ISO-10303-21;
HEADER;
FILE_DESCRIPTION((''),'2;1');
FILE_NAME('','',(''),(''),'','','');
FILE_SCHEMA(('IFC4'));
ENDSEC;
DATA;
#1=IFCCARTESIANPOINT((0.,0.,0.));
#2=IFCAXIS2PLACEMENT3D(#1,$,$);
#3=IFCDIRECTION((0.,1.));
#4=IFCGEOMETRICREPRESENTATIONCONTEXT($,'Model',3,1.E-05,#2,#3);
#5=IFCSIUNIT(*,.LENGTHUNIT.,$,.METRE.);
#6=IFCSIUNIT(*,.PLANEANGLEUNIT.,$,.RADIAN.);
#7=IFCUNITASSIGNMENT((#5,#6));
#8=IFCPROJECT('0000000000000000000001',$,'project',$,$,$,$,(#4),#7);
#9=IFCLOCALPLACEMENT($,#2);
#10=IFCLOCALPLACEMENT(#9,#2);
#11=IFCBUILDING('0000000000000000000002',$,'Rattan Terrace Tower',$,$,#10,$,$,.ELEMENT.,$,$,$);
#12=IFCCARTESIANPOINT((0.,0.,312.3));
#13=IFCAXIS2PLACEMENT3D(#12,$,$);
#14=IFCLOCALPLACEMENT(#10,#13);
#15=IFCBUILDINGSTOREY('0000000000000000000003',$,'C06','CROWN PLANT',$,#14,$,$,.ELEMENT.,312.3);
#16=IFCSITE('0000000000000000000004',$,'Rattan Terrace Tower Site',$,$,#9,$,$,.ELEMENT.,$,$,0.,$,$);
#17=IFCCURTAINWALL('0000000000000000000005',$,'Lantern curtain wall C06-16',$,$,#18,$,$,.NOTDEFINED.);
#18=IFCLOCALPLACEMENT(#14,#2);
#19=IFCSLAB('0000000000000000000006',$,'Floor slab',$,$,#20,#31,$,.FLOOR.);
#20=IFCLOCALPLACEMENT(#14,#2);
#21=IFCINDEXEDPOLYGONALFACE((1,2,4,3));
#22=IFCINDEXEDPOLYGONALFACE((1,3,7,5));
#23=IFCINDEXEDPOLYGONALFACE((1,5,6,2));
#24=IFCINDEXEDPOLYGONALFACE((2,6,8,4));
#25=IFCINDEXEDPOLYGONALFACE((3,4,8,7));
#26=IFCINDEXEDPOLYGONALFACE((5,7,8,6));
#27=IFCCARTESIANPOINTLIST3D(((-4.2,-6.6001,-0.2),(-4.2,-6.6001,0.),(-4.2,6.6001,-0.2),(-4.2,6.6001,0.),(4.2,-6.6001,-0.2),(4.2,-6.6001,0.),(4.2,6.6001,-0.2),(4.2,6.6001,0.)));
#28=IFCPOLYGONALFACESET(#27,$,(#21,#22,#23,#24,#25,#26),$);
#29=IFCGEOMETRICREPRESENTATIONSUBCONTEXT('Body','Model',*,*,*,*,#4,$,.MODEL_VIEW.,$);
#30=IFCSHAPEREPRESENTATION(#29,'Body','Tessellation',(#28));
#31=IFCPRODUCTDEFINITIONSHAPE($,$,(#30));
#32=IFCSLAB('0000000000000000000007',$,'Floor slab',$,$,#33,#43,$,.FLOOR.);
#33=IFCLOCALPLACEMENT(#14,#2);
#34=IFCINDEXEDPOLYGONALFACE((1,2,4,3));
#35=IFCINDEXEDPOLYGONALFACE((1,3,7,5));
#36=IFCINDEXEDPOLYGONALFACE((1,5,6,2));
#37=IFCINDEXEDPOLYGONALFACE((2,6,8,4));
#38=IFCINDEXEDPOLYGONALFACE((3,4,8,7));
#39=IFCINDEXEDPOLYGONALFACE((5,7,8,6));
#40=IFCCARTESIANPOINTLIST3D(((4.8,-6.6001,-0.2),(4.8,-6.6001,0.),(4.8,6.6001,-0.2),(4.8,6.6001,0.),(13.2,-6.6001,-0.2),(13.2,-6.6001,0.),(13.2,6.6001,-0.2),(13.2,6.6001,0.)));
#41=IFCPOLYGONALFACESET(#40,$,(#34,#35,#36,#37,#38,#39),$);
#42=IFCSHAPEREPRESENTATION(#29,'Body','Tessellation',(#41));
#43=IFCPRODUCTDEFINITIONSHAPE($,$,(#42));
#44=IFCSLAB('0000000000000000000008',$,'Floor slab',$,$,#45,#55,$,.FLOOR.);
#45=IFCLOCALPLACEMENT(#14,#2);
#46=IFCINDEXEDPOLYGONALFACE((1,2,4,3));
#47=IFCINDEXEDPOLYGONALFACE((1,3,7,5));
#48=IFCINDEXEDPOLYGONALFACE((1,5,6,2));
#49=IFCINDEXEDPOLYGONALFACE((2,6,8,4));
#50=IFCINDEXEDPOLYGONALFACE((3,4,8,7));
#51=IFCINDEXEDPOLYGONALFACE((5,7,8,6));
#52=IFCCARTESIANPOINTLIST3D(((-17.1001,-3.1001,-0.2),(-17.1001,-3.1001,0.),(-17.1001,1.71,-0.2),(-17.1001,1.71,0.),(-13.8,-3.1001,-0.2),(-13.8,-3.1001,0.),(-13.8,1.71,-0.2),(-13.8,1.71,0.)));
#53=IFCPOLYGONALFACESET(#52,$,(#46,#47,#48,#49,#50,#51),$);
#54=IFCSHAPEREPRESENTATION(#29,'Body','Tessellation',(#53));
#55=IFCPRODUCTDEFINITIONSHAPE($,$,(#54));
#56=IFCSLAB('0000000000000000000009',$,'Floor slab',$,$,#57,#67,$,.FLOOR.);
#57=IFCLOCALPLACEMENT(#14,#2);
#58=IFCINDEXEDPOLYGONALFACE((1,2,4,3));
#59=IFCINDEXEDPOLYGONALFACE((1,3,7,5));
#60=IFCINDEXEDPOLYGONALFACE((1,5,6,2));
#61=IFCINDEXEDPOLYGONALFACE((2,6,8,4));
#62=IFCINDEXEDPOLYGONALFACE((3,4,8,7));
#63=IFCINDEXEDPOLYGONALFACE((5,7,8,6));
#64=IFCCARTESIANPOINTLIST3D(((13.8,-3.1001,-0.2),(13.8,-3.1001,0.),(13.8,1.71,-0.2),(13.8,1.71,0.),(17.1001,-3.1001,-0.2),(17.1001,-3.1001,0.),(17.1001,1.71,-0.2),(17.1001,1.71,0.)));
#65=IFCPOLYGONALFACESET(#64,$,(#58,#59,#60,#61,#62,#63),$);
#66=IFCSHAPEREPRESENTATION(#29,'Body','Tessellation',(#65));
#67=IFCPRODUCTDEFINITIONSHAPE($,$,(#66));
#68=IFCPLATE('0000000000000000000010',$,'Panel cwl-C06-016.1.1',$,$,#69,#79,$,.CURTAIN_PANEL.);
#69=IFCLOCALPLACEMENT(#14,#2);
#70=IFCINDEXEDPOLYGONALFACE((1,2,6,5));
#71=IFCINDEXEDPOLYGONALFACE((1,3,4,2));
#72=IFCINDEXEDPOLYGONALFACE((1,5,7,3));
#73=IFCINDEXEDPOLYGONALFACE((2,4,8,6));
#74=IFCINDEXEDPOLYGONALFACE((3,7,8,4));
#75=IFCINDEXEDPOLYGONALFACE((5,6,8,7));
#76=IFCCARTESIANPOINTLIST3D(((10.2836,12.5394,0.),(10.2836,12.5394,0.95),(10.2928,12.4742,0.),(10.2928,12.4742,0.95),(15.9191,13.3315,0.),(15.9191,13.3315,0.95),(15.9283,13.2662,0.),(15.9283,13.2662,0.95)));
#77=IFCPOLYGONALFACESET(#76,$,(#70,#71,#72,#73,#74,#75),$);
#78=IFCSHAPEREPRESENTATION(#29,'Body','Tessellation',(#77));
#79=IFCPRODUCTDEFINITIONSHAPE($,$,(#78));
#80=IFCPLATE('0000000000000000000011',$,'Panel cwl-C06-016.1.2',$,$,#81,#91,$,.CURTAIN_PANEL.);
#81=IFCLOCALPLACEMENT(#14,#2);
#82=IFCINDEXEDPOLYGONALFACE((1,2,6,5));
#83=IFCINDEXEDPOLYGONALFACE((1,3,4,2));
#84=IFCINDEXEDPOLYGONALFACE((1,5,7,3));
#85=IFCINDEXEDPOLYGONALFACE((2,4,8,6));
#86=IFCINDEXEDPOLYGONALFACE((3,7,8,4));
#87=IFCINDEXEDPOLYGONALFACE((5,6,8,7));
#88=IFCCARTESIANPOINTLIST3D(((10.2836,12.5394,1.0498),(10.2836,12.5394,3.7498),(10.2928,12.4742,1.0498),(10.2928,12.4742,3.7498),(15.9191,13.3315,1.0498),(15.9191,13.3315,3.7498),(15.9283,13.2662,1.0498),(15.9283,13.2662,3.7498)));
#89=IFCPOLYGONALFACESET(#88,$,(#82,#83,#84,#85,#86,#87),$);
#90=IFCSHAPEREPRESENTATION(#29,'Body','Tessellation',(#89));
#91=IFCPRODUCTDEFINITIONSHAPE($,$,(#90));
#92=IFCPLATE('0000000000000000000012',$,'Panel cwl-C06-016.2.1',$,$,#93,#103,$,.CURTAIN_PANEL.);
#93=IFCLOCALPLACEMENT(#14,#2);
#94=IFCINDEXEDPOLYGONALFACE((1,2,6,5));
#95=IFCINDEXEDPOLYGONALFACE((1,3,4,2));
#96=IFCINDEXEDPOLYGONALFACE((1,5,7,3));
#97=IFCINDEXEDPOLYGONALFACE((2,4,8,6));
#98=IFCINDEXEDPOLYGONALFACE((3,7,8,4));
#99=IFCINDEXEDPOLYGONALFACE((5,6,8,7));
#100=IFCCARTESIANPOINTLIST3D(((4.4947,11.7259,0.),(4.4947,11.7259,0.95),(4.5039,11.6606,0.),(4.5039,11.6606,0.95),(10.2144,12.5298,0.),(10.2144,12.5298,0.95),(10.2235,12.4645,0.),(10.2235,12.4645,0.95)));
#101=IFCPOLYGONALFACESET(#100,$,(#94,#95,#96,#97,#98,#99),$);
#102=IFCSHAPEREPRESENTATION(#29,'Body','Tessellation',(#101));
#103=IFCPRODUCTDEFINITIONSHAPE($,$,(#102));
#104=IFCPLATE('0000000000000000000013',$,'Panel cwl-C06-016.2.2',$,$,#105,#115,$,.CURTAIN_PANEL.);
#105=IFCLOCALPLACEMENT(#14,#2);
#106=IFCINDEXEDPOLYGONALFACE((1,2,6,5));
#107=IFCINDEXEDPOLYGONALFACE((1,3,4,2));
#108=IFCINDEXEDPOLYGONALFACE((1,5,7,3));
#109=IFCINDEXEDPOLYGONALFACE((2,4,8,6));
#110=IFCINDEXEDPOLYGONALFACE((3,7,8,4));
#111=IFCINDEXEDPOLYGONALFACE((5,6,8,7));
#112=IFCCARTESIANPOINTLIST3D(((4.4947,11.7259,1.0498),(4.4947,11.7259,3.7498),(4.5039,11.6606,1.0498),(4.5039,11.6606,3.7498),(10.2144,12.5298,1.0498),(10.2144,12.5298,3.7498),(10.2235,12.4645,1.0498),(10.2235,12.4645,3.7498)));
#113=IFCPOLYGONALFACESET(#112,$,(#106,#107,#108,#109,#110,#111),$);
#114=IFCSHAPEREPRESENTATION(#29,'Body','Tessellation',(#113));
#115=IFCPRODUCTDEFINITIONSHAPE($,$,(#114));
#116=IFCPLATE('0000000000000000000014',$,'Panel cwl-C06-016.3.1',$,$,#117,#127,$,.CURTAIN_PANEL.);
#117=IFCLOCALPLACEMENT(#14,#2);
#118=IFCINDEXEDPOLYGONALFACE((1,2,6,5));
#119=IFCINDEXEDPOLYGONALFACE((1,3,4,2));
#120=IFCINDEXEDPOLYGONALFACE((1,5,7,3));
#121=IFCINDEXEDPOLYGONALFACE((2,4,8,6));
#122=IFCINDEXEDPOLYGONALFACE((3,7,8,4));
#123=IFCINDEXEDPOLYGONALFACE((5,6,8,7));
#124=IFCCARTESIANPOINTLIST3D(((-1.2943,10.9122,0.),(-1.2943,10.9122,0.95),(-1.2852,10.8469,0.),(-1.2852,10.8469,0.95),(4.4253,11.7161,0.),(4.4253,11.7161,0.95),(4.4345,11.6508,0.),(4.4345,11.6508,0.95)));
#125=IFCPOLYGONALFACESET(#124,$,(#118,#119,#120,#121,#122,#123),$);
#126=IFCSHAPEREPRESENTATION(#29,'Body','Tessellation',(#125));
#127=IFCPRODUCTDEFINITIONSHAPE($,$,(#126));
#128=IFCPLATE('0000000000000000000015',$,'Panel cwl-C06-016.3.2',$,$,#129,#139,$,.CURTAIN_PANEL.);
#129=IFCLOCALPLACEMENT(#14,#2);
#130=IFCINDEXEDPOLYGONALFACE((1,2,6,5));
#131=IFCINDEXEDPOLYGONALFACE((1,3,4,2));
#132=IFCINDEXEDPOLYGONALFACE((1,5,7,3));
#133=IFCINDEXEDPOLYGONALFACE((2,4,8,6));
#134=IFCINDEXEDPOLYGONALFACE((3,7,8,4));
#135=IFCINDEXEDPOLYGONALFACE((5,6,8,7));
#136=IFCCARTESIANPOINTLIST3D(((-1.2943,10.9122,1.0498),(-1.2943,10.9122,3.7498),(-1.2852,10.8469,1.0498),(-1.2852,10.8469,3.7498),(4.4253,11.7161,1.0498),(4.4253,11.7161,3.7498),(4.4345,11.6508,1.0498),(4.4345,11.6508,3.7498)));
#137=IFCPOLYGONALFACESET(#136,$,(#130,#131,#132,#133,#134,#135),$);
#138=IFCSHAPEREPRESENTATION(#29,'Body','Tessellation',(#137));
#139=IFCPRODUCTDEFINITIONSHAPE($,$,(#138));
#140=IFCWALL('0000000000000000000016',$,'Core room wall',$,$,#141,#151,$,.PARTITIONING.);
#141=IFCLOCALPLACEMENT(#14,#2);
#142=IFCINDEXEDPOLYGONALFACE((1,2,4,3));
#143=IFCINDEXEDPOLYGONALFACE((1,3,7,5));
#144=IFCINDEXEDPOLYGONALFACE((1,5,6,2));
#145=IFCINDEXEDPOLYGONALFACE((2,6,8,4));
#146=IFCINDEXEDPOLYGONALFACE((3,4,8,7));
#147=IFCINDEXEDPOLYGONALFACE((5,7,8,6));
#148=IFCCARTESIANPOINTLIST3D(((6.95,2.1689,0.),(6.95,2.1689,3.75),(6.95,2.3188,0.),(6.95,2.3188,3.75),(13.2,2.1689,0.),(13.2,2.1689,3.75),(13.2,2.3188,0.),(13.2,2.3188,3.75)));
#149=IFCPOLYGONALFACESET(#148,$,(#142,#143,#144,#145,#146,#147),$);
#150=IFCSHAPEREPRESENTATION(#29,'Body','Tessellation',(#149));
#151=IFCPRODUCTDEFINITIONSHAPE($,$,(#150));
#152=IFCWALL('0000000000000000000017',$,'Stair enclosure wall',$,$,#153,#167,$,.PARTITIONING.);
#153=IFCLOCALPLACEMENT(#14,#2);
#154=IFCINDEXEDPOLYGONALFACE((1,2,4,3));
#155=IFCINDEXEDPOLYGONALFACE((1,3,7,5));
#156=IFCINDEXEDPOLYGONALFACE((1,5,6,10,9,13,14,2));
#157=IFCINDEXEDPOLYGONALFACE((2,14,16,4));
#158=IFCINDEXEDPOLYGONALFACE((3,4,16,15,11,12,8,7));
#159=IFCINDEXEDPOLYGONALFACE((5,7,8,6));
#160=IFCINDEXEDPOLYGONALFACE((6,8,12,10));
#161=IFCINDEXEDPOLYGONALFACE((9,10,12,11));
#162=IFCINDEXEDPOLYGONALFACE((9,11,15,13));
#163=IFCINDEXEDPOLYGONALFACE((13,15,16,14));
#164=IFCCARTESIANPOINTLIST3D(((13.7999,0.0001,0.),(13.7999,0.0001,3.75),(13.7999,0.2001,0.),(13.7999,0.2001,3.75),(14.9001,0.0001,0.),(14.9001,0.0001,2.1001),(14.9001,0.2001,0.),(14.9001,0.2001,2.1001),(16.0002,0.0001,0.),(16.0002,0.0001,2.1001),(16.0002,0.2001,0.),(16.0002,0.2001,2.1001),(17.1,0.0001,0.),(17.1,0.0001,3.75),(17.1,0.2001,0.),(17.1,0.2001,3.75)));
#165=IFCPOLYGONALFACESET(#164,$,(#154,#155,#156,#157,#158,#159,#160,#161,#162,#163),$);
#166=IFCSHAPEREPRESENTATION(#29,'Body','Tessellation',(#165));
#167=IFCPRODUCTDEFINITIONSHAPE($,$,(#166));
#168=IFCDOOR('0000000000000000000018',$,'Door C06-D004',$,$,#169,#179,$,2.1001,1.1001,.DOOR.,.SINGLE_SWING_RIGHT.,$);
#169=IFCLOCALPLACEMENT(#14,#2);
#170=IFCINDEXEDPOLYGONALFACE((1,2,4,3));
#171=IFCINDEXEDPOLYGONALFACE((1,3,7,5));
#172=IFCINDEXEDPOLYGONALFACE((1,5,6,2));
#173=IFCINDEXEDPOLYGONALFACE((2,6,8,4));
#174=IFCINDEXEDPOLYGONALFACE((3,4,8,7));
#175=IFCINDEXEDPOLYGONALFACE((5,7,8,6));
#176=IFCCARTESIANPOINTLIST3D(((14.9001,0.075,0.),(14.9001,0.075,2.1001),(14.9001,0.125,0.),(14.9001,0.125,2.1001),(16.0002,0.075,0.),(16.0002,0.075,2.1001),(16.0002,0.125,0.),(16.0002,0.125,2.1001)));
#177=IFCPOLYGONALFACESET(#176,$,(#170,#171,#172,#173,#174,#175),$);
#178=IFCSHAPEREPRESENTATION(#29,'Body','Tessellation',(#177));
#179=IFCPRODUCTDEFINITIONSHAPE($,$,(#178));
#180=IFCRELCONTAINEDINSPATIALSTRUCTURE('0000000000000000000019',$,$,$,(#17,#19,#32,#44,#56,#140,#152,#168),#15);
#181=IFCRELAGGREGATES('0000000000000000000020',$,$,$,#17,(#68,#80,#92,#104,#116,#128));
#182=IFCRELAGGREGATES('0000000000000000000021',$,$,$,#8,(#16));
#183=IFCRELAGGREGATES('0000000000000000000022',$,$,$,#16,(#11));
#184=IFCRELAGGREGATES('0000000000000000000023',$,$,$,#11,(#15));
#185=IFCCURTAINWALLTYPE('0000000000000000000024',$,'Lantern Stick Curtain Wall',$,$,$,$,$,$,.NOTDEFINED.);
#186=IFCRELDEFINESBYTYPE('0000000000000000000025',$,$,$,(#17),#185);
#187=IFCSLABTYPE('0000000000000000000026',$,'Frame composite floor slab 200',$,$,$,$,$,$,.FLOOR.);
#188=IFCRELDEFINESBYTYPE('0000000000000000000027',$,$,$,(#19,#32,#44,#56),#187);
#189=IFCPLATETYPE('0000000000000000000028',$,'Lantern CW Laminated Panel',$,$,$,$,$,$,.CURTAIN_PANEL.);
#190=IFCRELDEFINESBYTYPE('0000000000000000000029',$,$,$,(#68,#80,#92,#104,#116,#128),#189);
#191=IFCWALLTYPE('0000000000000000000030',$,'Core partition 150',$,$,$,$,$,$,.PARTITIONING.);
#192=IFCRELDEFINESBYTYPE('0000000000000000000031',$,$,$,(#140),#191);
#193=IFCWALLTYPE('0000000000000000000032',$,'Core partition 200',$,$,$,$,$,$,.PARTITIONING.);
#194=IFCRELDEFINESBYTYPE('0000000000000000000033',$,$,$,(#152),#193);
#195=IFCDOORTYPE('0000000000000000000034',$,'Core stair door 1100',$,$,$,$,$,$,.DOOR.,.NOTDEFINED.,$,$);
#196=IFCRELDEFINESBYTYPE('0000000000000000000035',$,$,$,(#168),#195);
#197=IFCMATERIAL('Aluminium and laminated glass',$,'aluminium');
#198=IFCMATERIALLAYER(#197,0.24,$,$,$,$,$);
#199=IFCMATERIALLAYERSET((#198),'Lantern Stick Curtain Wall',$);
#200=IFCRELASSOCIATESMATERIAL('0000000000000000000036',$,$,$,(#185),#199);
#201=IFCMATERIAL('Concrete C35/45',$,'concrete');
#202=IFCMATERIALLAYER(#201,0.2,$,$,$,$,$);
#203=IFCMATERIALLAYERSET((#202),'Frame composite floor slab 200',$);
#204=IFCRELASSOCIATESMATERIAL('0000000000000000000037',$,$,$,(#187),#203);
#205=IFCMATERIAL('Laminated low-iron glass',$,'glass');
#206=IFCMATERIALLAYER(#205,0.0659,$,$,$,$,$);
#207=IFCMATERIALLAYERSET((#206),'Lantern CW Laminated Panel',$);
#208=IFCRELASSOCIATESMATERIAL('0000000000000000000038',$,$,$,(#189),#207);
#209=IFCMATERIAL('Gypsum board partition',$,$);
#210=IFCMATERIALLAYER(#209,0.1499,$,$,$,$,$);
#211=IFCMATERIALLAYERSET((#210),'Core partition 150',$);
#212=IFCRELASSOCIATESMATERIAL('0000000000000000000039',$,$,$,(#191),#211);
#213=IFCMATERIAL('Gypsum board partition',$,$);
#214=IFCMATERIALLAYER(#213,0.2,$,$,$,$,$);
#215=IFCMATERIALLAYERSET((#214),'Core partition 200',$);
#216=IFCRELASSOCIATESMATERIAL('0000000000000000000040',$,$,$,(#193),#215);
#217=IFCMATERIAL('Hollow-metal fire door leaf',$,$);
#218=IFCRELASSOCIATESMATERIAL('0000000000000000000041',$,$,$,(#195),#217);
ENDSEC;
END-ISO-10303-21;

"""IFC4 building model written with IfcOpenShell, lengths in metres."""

from ifc_helpers import new_model, si_unit, direction, frame, frame_2d, origin, origin_2d, place, context, subcontext, project, spatial, polyline, rectangle, outline, extrude, material, layer, layer_set, type_object, element, fill, aggregate, save


model = new_model("IFC4")

# Units and contexts
model_context = context("Model", 3, precision=1e-05, world=origin(), true_north=direction((0.0, 1.0)))
body_context = subcontext(model_context, "Body", "Model", "MODEL_VIEW")
ifc_project = project(units=[si_unit("LENGTHUNIT", "METRE"), si_unit("PLANEANGLEUNIT", "RADIAN")], contexts=[model_context])

# Site, building, storey
site_placement = place(None, origin())
site = spatial("IfcSite", under=ifc_project, at=site_placement, Name="Rattan Terrace Tower Site", CompositionType="ELEMENT", RefElevation=0.0)
building_placement = place(site_placement, origin())
building = spatial("IfcBuilding", under=site, at=building_placement, Name="Rattan Terrace Tower", CompositionType="ELEMENT")
storey_placement = place(building_placement, frame((0.0, 0.0, 312.3)))
storey = spatial("IfcBuildingStorey", under=building, at=storey_placement, Name="C06", Description="CROWN PLANT", CompositionType="ELEMENT", Elevation=312.3)

# Curtain wall
ifc_material_1 = material(Name="Aluminium and laminated glass", Category="aluminium")
ifc_layer_1 = layer(ifc_material_1, 0.24)
ifc_layer_set_1 = layer_set([ifc_layer_1], Name="Lantern Stick Curtain Wall")
curtain_wall_type = type_object("IfcCurtainWallType", Name="Lantern Stick Curtain Wall", PredefinedType="NOTDEFINED", material=ifc_layer_set_1)
curtain_wall_placement = place(storey_placement, origin())
curtain_wall = element("IfcCurtainWall", 1, at=curtain_wall_placement, inside=storey, type_object=curtain_wall_type, Name="Lantern curtain wall C06-16", PredefinedType="NOTDEFINED")

# Slabs
ifc_material_2 = material(Name="Concrete C35/45", Category="concrete")
ifc_layer_2 = layer(ifc_material_2, 0.2)
ifc_layer_set_2 = layer_set([ifc_layer_2], Name="Frame composite floor slab 200")
slab_type_1 = type_object("IfcSlabType", Name="Frame composite floor slab 200", PredefinedType="FLOOR", material=ifc_layer_set_2)
slab_1_placement = place(storey_placement, frame((0.0, 0.0, -0.2)))
element("IfcSlab", 2, at=slab_1_placement, inside=storey, type_object=slab_type_1, Name="Floor slab", PredefinedType="FLOOR", context=body_context, shape_type="SweptSolid", body=[
    extrude(outline(polyline([(-4.2, 6.6001), (-4.2, -6.6001), (4.2, -6.6001), (4.2, 6.6001), (-4.2, 6.6001)])), origin(), (0.0, 0.0, 1.0), 0.2),
])
slab_2_placement = place(storey_placement, frame((0.0, 0.0, -0.2)))
element("IfcSlab", 3, at=slab_2_placement, inside=storey, type_object=slab_type_1, Name="Floor slab", PredefinedType="FLOOR", context=body_context, shape_type="SweptSolid", body=[
    extrude(outline(polyline([(4.8, -6.6001), (13.2, -6.6001), (13.2, 6.6001), (4.8, 6.6001), (4.8, -6.6001)])), origin(), (0.0, 0.0, 1.0), 0.2),
])
slab_3_placement = place(storey_placement, frame((0.0, 0.0, -0.2)))
element("IfcSlab", 4, at=slab_3_placement, inside=storey, type_object=slab_type_1, Name="Floor slab", PredefinedType="FLOOR", context=body_context, shape_type="SweptSolid", body=[
    extrude(outline(polyline([(-13.8, -3.1001), (-13.8, 1.71), (-17.1001, 1.71), (-17.1001, -3.1001), (-13.8, -3.1001)])), origin(), (0.0, 0.0, 1.0), 0.2),
])
slab_4_placement = place(storey_placement, frame((0.0, 0.0, -0.2)))
element("IfcSlab", 5, at=slab_4_placement, inside=storey, type_object=slab_type_1, Name="Floor slab", PredefinedType="FLOOR", context=body_context, shape_type="SweptSolid", body=[
    extrude(outline(polyline([(13.8, -3.1001), (17.1001, -3.1001), (17.1001, 1.71), (13.8, 1.71), (13.8, -3.1001)])), origin(), (0.0, 0.0, 1.0), 0.2),
])

# Plates
ifc_material_3 = material(Name="Laminated low-iron glass", Category="glass")
ifc_layer_3 = layer(ifc_material_3, 0.0659)
ifc_layer_set_3 = layer_set([ifc_layer_3], Name="Lantern CW Laminated Panel")
plate_type = type_object("IfcPlateType", Name="Lantern CW Laminated Panel", PredefinedType="CURTAIN_PANEL", material=ifc_layer_set_3)
plate_1_placement = place(storey_placement, frame((13.106, 12.9028, 0.0), z_axis=(0.0, 0.0, 1.0), x_axis=(-0.990267, -0.139181, 0.0)))
plate_1 = element("IfcPlate", 6, at=plate_1_placement, type_object=plate_type, Name="Panel cwl-C06-016.1.1", PredefinedType="CURTAIN_PANEL", context=body_context, shape_type="SweptSolid", body=[
    extrude(rectangle(XDim=5.6909, YDim=0.0659, at=origin_2d()), origin(), (0.0, 0.0, 1.0), 0.95),
])
plate_2_placement = place(storey_placement, frame((13.106, 12.9028, 1.0498), z_axis=(0.0, 0.0, 1.0), x_axis=(-0.990267, -0.139181, 0.0)))
plate_2 = element("IfcPlate", 7, at=plate_2_placement, type_object=plate_type, Name="Panel cwl-C06-016.1.2", PredefinedType="CURTAIN_PANEL", context=body_context, shape_type="SweptSolid", body=[
    extrude(rectangle(XDim=5.6909, YDim=0.0659, at=origin_2d()), origin(), (0.0, 0.0, 1.0), 2.7),
])
plate_3_placement = place(storey_placement, frame((7.3591, 12.0952, 0.0), z_axis=(0.0, 0.0, 1.0), x_axis=(-0.990267, -0.139181, 0.0)))
plate_3 = element("IfcPlate", 8, at=plate_3_placement, type_object=plate_type, Name="Panel cwl-C06-016.2.1", PredefinedType="CURTAIN_PANEL", context=body_context, shape_type="SweptSolid", body=[
    extrude(rectangle(XDim=5.7759, YDim=0.0659, at=origin_2d()), origin(), (0.0, 0.0, 1.0), 0.95),
])
plate_4_placement = place(storey_placement, frame((7.3591, 12.0952, 1.0498), z_axis=(0.0, 0.0, 1.0), x_axis=(-0.990267, -0.139181, 0.0)))
plate_4 = element("IfcPlate", 9, at=plate_4_placement, type_object=plate_type, Name="Panel cwl-C06-016.2.2", PredefinedType="CURTAIN_PANEL", context=body_context, shape_type="SweptSolid", body=[
    extrude(rectangle(XDim=5.7759, YDim=0.0659, at=origin_2d()), origin(), (0.0, 0.0, 1.0), 2.7),
])
plate_5_placement = place(storey_placement, frame((1.5701, 11.2815, 0.0), z_axis=(0.0, 0.0, 1.0), x_axis=(-0.990267, -0.139181, 0.0)))
plate_5 = element("IfcPlate", 10, at=plate_5_placement, type_object=plate_type, Name="Panel cwl-C06-016.3.1", PredefinedType="CURTAIN_PANEL", context=body_context, shape_type="SweptSolid", body=[
    extrude(rectangle(XDim=5.7759, YDim=0.0659, at=origin_2d()), origin(), (0.0, 0.0, 1.0), 0.95),
])
plate_6_placement = place(storey_placement, frame((1.5701, 11.2815, 1.0498), z_axis=(0.0, 0.0, 1.0), x_axis=(-0.990267, -0.139181, 0.0)))
plate_6 = element("IfcPlate", 11, at=plate_6_placement, type_object=plate_type, Name="Panel cwl-C06-016.3.2", PredefinedType="CURTAIN_PANEL", context=body_context, shape_type="SweptSolid", body=[
    extrude(rectangle(XDim=5.7759, YDim=0.0659, at=origin_2d()), origin(), (0.0, 0.0, 1.0), 2.7),
])
aggregate(curtain_wall, [plate_1, plate_2, plate_3, plate_4, plate_5, plate_6])

# Wall
ifc_material_4 = material(Name="Gypsum board partition")
ifc_layer_4 = layer(ifc_material_4, 0.1499)
ifc_layer_set_4 = layer_set([ifc_layer_4], Name="Core partition 150")
wall_type_1 = type_object("IfcWallType", Name="Core partition 150", PredefinedType="PARTITIONING", material=ifc_layer_set_4)
wall_1_placement = place(storey_placement, frame((6.95, 2.2439, 0.0), z_axis=(0.0, 0.0, 1.0), x_axis=(1.0, 0.0, 0.0)))
element("IfcWall", 12, at=wall_1_placement, inside=storey, type_object=wall_type_1, Name="Core room wall", PredefinedType="PARTITIONING", context=body_context, shape_type="SweptSolid", body=[
    extrude(rectangle(XDim=6.25, YDim=0.1499, at=frame_2d((3.125, 0.0))), origin(), (0.0, 0.0, 1.0), 3.75),
])

# Wall, opening, door
ifc_material_5 = material(Name="Gypsum board partition")
ifc_layer_5 = layer(ifc_material_5, 0.2)
ifc_layer_set_5 = layer_set([ifc_layer_5], Name="Core partition 200")
wall_type_2 = type_object("IfcWallType", Name="Core partition 200", PredefinedType="PARTITIONING", material=ifc_layer_set_5)
wall_2_placement = place(storey_placement, frame((13.8, 0.1001, 0.0), z_axis=(0.0, 0.0, 1.0), x_axis=(1.0, 0.0, 0.0)))
wall_2 = element("IfcWall", 13, at=wall_2_placement, inside=storey, type_object=wall_type_2, Name="Stair enclosure wall", PredefinedType="PARTITIONING", context=body_context, shape_type="SweptSolid", body=[
    extrude(rectangle(XDim=3.3, YDim=0.2, at=frame_2d((1.6499, 0.0))), origin(), (0.0, 0.0, 1.0), 3.75),
])
opening_placement = place(wall_2_placement, frame((1.1001, 0.0, 0.0)))
opening = element("IfcOpeningElement", 14, at=opening_placement, cuts=wall_2, PredefinedType="OPENING", context=body_context, shape_type="SweptSolid", body=[
    extrude(rectangle(XDim=1.1001, YDim=2.1001, at=frame_2d((0.55, 1.05))), frame((0.0, 0.1106, 0.0), z_axis=(0.0, -1.0, 0.0), x_axis=(1.0, 0.0, 0.0)), (0.0, 0.0, 1.0), 0.2209),
])
ifc_material_6 = material(Name="Hollow-metal fire door leaf")
door_type = type_object("IfcDoorType", Name="Core stair door 1100", OperationType="NOTDEFINED", PredefinedType="DOOR", material=ifc_material_6)
door_placement = place(opening_placement, origin())
door = element("IfcDoor", 15, at=door_placement, inside=storey, type_object=door_type, Name="Door C06-D004", OperationType="SINGLE_SWING_RIGHT", OverallHeight=2.1001, OverallWidth=1.1001, PredefinedType="DOOR", context=body_context, shape_type="SweptSolid", body=[
    extrude(rectangle(XDim=1.1001, YDim=2.1001, at=frame_2d((0.55, 1.05))), frame((0.0, 0.0249, 0.0), z_axis=(0.0, -1.0, 0.0), x_axis=(1.0, 0.0, 0.0)), (0.0, 0.0, 1.0), 0.05),
])
fill(opening, door)

save(model, "model.ifc")
